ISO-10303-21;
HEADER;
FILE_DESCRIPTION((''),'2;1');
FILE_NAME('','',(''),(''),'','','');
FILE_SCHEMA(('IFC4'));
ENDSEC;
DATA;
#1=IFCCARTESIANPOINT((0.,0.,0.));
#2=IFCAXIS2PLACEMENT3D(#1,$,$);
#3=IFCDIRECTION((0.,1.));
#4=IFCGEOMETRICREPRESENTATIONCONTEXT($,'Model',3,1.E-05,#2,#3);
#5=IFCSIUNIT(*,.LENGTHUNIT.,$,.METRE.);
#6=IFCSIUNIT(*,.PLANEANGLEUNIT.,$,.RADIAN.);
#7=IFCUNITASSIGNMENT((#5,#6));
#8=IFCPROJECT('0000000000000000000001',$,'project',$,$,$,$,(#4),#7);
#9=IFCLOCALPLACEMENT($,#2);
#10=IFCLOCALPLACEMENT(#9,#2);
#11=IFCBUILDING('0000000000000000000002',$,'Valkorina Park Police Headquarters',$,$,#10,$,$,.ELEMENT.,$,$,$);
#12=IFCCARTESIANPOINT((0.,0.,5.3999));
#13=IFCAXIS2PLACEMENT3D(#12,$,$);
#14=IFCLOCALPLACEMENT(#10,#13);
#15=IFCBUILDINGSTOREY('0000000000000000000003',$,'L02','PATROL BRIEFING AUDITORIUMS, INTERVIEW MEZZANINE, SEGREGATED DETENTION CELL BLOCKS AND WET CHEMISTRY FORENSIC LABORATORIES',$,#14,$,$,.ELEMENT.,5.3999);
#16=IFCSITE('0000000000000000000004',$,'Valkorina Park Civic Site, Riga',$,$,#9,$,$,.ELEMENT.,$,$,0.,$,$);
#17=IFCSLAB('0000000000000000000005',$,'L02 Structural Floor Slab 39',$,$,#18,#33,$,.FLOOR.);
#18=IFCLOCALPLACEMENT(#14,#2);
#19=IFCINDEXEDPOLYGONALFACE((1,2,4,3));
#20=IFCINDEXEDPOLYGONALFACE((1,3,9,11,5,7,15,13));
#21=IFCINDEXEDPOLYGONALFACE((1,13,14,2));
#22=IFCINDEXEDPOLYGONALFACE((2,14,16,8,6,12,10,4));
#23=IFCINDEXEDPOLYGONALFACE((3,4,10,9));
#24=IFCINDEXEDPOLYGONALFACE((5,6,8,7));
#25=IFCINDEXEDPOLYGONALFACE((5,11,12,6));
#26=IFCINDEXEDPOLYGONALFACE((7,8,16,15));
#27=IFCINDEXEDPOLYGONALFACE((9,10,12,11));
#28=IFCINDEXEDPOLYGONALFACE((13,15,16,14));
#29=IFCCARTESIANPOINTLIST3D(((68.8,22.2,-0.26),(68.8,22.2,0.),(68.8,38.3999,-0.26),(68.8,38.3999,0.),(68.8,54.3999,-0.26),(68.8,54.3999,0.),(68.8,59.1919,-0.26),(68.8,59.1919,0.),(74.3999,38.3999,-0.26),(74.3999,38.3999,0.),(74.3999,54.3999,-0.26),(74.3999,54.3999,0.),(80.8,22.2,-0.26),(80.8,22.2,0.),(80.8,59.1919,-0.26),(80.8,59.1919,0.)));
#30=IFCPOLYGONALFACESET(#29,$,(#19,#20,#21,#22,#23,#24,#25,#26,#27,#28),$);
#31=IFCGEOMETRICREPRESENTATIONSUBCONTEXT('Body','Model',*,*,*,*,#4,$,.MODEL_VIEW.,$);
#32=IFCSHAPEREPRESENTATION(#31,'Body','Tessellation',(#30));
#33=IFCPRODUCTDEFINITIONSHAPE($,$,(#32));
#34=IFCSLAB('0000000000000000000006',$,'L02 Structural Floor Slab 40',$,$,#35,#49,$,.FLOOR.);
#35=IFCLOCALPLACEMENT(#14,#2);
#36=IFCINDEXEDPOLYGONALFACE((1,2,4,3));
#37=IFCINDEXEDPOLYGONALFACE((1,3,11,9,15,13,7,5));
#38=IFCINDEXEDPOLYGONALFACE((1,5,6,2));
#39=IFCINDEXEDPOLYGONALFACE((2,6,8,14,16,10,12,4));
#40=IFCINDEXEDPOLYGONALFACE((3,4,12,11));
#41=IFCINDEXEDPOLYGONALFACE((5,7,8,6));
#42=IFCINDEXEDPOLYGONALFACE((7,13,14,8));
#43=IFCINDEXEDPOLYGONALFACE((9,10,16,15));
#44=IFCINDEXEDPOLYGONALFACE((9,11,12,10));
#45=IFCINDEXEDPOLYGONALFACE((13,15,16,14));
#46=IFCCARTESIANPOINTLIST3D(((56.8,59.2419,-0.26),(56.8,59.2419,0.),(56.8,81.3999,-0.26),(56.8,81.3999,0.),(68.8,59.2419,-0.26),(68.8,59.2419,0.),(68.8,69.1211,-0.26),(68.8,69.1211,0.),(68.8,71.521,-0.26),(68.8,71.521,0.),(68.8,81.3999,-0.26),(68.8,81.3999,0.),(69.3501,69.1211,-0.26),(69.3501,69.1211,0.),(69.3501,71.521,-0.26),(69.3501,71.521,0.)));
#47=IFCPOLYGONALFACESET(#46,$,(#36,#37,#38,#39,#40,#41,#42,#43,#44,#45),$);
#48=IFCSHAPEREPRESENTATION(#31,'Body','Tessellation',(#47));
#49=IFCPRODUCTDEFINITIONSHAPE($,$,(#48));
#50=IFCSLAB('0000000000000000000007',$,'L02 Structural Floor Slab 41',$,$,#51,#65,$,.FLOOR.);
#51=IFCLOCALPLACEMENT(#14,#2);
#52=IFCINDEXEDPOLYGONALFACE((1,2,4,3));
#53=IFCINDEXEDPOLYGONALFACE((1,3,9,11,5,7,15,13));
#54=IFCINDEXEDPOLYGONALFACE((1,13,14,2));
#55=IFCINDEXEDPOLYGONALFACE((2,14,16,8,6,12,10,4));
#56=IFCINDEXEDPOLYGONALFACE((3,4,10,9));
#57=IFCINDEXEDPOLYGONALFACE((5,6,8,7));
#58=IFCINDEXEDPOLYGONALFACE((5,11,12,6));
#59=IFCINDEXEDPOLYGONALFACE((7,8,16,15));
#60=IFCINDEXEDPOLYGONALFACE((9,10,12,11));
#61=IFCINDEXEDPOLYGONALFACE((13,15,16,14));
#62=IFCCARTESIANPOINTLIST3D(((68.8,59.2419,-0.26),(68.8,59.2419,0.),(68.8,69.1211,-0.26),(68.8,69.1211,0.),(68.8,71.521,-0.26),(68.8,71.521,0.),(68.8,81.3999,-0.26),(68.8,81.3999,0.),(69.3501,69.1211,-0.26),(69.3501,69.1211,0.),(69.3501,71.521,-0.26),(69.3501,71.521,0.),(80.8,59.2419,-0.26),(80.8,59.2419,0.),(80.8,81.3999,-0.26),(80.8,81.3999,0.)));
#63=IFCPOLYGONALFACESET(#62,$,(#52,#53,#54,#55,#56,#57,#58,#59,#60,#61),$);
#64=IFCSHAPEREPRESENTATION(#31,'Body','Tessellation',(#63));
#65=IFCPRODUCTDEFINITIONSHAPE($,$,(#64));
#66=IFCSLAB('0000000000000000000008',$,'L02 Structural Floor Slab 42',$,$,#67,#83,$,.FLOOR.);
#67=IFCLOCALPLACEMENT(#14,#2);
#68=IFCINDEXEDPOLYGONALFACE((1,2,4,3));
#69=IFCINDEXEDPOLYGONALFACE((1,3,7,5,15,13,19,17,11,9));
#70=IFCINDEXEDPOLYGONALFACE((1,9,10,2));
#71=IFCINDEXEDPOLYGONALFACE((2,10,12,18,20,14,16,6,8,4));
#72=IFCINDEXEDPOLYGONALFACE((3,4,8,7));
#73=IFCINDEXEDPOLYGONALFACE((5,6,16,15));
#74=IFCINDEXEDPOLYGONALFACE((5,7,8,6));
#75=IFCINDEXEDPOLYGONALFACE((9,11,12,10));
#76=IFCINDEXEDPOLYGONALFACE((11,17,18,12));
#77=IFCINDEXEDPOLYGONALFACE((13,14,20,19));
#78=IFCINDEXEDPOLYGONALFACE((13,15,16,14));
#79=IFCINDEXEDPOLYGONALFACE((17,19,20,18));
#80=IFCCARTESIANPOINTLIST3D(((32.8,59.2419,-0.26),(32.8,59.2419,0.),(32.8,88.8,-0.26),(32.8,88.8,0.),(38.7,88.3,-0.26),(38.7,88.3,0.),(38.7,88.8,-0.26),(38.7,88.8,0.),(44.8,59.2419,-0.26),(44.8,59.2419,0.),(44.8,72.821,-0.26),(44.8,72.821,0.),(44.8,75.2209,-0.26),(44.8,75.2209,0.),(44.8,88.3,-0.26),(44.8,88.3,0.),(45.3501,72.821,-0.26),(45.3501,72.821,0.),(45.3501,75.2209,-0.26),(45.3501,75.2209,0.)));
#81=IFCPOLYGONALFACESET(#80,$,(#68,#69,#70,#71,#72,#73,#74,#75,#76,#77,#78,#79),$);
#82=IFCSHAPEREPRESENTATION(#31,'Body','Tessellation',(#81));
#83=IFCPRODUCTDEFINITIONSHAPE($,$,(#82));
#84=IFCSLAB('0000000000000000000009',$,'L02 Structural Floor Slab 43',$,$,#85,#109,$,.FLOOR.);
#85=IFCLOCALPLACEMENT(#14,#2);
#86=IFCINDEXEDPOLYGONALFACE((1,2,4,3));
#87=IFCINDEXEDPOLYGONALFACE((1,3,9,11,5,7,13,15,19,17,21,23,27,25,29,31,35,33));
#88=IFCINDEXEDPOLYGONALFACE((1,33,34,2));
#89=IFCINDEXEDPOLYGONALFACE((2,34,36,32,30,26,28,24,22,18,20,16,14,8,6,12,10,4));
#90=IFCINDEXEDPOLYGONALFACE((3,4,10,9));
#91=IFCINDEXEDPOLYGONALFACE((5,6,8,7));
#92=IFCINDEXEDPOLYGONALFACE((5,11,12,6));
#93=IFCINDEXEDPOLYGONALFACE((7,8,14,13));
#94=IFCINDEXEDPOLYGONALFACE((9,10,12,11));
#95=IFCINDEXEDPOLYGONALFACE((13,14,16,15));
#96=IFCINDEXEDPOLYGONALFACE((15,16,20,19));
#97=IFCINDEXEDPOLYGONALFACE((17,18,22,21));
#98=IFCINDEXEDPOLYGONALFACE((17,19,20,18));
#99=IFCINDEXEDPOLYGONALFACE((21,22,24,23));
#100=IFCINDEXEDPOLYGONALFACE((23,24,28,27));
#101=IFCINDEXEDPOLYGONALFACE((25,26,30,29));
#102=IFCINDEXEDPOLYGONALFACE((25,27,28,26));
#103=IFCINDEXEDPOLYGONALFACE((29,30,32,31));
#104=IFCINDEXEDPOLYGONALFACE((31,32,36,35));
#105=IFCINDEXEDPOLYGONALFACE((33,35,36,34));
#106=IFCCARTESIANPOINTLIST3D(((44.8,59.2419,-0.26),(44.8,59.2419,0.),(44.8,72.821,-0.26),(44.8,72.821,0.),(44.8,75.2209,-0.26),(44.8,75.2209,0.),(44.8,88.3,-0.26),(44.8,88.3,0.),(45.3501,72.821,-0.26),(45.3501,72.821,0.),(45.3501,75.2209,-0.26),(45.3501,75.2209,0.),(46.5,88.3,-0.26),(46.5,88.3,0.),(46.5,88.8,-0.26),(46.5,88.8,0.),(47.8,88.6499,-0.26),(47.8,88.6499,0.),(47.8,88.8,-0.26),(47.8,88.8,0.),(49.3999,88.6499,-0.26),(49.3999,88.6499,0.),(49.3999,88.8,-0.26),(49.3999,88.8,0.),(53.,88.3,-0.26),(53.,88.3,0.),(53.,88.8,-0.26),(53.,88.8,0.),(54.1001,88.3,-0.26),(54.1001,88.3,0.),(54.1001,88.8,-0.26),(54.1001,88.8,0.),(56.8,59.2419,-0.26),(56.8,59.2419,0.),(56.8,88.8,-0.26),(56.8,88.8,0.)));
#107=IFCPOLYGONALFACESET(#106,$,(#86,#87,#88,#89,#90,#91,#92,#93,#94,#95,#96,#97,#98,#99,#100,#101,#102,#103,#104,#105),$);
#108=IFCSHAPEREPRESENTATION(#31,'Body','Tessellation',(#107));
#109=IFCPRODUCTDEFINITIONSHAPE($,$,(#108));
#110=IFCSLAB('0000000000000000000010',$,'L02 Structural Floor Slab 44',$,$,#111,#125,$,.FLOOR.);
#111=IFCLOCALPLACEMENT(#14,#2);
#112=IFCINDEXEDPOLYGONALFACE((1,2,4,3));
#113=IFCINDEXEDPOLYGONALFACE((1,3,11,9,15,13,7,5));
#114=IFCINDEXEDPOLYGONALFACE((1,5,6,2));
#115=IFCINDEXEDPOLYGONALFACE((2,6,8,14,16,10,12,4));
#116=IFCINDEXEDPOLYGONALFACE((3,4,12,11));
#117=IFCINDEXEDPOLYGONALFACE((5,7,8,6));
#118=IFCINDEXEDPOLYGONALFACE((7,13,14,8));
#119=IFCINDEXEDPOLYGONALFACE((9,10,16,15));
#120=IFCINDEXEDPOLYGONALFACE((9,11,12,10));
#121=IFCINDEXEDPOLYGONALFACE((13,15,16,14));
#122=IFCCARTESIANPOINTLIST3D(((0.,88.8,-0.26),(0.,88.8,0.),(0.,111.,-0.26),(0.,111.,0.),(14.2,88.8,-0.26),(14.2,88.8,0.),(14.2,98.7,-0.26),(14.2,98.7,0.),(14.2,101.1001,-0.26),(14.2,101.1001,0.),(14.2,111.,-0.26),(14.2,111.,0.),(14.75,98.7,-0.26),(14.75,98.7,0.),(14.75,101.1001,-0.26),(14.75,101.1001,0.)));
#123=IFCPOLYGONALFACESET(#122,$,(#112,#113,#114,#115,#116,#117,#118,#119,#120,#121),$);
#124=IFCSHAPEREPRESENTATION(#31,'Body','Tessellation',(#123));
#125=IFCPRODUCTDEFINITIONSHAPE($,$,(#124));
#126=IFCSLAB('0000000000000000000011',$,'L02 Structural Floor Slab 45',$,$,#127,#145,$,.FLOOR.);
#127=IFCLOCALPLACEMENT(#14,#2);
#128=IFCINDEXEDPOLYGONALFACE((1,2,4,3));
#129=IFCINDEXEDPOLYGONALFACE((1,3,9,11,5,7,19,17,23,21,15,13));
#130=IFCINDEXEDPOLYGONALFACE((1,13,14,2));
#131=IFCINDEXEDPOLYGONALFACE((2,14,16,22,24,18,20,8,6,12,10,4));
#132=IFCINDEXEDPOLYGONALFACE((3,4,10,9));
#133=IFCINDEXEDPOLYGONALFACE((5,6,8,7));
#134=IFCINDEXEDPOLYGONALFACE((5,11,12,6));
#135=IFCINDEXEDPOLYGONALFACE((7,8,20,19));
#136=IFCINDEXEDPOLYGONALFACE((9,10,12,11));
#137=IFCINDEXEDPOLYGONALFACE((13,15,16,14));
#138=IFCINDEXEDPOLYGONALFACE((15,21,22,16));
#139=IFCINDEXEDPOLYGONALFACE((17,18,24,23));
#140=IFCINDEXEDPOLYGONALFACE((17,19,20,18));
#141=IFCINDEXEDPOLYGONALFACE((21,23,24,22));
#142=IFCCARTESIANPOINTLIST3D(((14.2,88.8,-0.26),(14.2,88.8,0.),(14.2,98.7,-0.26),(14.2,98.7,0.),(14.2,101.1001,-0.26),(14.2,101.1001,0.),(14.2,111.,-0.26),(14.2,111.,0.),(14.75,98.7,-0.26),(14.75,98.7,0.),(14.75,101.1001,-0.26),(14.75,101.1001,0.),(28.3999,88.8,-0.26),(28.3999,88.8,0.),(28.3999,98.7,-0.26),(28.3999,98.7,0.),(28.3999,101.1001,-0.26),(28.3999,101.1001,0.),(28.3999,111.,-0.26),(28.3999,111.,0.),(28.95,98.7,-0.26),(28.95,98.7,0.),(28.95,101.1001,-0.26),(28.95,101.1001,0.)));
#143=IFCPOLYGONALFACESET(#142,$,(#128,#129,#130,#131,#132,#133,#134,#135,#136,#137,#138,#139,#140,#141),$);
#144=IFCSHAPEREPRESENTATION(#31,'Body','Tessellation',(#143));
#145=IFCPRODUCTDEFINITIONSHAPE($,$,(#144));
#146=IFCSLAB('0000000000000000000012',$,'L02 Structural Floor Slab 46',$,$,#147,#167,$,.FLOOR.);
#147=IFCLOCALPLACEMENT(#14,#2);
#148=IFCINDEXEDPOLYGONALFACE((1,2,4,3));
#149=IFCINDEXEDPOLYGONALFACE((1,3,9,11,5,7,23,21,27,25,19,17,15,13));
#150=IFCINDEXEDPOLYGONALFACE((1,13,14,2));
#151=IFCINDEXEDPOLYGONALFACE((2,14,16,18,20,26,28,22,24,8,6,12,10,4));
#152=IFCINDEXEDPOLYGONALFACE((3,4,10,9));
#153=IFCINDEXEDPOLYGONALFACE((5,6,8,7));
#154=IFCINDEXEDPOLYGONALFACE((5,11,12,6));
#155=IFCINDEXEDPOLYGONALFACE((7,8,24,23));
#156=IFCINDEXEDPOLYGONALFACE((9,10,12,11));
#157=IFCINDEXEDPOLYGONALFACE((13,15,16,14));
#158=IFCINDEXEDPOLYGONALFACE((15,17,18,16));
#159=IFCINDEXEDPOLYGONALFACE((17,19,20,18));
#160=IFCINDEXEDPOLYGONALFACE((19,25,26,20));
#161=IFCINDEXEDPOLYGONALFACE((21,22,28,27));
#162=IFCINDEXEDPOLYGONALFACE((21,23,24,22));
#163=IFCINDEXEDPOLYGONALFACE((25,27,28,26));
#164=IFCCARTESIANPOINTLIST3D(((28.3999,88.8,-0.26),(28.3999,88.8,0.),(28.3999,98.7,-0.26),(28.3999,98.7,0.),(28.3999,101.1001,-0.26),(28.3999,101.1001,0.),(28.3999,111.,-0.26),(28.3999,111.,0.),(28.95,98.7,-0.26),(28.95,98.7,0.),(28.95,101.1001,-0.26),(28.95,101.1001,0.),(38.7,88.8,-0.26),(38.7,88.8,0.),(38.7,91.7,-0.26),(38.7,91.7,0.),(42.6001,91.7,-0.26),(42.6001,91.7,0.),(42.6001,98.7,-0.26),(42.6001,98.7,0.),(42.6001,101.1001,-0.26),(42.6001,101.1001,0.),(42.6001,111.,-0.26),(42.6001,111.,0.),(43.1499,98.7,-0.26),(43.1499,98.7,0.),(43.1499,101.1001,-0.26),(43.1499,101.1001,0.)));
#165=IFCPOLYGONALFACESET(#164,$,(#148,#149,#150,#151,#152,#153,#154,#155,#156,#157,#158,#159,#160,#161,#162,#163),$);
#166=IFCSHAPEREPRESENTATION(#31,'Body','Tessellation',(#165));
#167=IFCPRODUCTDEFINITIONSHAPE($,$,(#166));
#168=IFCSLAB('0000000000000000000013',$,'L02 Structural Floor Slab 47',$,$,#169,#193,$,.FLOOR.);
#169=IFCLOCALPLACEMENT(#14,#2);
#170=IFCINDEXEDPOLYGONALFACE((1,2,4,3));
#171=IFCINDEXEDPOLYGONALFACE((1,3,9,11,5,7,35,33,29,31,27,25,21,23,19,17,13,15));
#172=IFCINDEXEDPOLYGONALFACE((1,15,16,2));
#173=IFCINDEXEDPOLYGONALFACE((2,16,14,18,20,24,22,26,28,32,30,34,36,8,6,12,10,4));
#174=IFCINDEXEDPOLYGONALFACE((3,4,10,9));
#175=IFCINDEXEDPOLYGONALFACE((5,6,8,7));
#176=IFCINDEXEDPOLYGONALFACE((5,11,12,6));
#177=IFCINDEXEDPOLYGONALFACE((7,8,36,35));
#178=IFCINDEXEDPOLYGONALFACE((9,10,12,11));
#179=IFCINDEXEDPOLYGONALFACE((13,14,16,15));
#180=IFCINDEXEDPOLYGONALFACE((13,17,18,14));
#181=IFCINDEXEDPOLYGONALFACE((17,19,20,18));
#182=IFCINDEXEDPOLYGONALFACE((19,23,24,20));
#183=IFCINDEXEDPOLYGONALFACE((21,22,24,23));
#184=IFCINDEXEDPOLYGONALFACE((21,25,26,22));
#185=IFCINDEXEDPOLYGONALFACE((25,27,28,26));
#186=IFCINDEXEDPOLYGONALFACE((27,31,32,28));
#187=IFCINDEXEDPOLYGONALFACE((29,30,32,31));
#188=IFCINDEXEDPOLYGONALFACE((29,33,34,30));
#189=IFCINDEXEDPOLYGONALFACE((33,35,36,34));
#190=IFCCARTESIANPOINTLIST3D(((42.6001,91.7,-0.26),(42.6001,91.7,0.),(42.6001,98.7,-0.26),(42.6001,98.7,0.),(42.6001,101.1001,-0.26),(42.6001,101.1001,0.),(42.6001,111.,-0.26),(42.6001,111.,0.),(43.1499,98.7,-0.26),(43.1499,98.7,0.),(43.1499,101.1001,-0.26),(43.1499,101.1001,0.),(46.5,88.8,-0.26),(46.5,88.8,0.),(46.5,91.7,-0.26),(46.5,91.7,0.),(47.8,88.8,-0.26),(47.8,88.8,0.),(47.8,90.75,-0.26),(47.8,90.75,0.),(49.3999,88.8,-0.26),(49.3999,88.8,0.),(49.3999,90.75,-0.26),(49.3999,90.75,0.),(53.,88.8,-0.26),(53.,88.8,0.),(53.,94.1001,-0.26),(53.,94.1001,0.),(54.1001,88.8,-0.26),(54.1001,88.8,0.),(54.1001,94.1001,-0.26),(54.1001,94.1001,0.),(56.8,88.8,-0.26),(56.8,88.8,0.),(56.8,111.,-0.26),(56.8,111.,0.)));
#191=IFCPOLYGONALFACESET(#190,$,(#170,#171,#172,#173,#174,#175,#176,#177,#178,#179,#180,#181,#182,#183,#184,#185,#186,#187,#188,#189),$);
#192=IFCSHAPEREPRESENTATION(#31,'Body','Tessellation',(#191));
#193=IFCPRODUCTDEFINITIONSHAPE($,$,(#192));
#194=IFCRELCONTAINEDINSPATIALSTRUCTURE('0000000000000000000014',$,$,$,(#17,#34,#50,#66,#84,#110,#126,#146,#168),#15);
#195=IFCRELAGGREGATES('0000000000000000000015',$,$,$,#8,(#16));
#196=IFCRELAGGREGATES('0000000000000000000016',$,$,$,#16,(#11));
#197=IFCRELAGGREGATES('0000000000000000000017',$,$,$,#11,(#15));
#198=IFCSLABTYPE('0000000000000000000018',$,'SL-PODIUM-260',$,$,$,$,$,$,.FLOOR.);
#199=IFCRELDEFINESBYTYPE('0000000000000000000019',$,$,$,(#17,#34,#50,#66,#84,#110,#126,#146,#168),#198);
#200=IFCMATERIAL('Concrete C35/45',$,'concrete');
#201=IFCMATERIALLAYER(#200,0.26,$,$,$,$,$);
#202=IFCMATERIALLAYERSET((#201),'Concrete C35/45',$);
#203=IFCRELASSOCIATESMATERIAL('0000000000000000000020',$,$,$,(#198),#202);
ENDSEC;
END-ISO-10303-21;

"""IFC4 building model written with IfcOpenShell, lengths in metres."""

from ifc_helpers import new_model, si_unit, direction, frame, origin, place, context, subcontext, project, spatial, polyline, outline, extrude, material, layer, layer_set, type_object, element, save


model = new_model("IFC4")

# Units and contexts
model_context = context("Model", 3, precision=1e-05, world=origin(), true_north=direction((0.0, 1.0)))
body_context = subcontext(model_context, "Body", "Model", "MODEL_VIEW")
ifc_project = project(units=[si_unit("LENGTHUNIT", "METRE"), si_unit("PLANEANGLEUNIT", "RADIAN")], contexts=[model_context])

# Site, building, storey
site_placement = place(None, origin())
site = spatial("IfcSite", under=ifc_project, at=site_placement, Name="Valkorina Park Civic Site, Riga", CompositionType="ELEMENT", RefElevation=0.0)
building_placement = place(site_placement, origin())
building = spatial("IfcBuilding", under=site, at=building_placement, Name="Valkorina Park Police Headquarters", CompositionType="ELEMENT")
storey_placement = place(building_placement, frame((0.0, 0.0, 5.3999)))
storey = spatial("IfcBuildingStorey", under=building, at=storey_placement, Name="L02", Description="PATROL BRIEFING AUDITORIUMS, INTERVIEW MEZZANINE, SEGREGATED DETENTION CELL BLOCKS AND WET CHEMISTRY FORENSIC LABORATORIES", CompositionType="ELEMENT", Elevation=5.3999)

# Shared definitions
ifc_material_1 = material(Name="Concrete C35/45", Category="concrete")

# Slabs
ifc_layer_1 = layer(ifc_material_1, 0.26)
ifc_layer_set_1 = layer_set([ifc_layer_1], Name="Concrete C35/45")
slab_type_1 = type_object("IfcSlabType", Name="SL-PODIUM-260", PredefinedType="FLOOR", material=ifc_layer_set_1)
slab_1_placement = place(storey_placement, frame((0.0, 0.0, -0.26)))
element("IfcSlab", 1, at=slab_1_placement, inside=storey, type_object=slab_type_1, Name="L02 Structural Floor Slab 39", PredefinedType="FLOOR", context=body_context, shape_type="SweptSolid", body=[
    extrude(outline(polyline([(68.8, 59.1919), (68.8, 54.3999), (74.3999, 54.3999), (74.3999, 38.3999), (68.8, 38.3999), (68.8, 22.2), (80.8, 22.2), (80.8, 59.1919), (68.8, 59.1919)])), origin(), (0.0, 0.0, 1.0), 0.26),
])
slab_2_placement = place(storey_placement, frame((0.0, 0.0, -0.26)))
element("IfcSlab", 2, at=slab_2_placement, inside=storey, type_object=slab_type_1, Name="L02 Structural Floor Slab 40", PredefinedType="FLOOR", context=body_context, shape_type="SweptSolid", body=[
    extrude(outline(polyline([(68.8, 59.2419), (68.8, 69.1211), (69.3501, 69.1211), (69.3501, 71.521), (68.8, 71.521), (68.8, 81.3999), (56.8, 81.3999), (56.8, 59.2419), (68.8, 59.2419)])), origin(), (0.0, 0.0, 1.0), 0.26),
])
slab_3_placement = place(storey_placement, frame((0.0, 0.0, -0.26)))
element("IfcSlab", 3, at=slab_3_placement, inside=storey, type_object=slab_type_1, Name="L02 Structural Floor Slab 41", PredefinedType="FLOOR", context=body_context, shape_type="SweptSolid", body=[
    extrude(outline(polyline([(68.8, 81.3999), (68.8, 71.521), (69.3501, 71.521), (69.3501, 69.1211), (68.8, 69.1211), (68.8, 59.2419), (80.8, 59.2419), (80.8, 81.3999), (68.8, 81.3999)])), origin(), (0.0, 0.0, 1.0), 0.26),
])
slab_4_placement = place(storey_placement, frame((0.0, 0.0, -0.26)))
element("IfcSlab", 4, at=slab_4_placement, inside=storey, type_object=slab_type_1, Name="L02 Structural Floor Slab 42", PredefinedType="FLOOR", context=body_context, shape_type="SweptSolid", body=[
    extrude(outline(polyline([(44.8, 59.2419), (44.8, 72.821), (45.3501, 72.821), (45.3501, 75.2209), (44.8, 75.2209), (44.8, 88.3), (38.7, 88.3), (38.7, 88.8), (32.8, 88.8), (32.8, 59.2419), (44.8, 59.2419)])), origin(), (0.0, 0.0, 1.0), 0.26),
])
slab_5_placement = place(storey_placement, frame((0.0, 0.0, -0.26)))
element("IfcSlab", 5, at=slab_5_placement, inside=storey, type_object=slab_type_1, Name="L02 Structural Floor Slab 43", PredefinedType="FLOOR", context=body_context, shape_type="SweptSolid", body=[
    extrude(outline(polyline([(46.5, 88.8), (46.5, 88.3), (44.8, 88.3), (44.8, 75.2209), (45.3501, 75.2209), (45.3501, 72.821), (44.8, 72.821), (44.8, 59.2419), (56.8, 59.2419), (56.8, 88.8), (54.1001, 88.8), (54.1001, 88.3), (53.0, 88.3), (53.0, 88.8), (49.3999, 88.8), (49.3999, 88.6499), (47.8, 88.6499), (47.8, 88.8), (46.5, 88.8)])), origin(), (0.0, 0.0, 1.0), 0.26),
])
slab_6_placement = place(storey_placement, frame((0.0, 0.0, -0.26)))
element("IfcSlab", 6, at=slab_6_placement, inside=storey, type_object=slab_type_1, Name="L02 Structural Floor Slab 44", PredefinedType="FLOOR", context=body_context, shape_type="SweptSolid", body=[
    extrude(outline(polyline([(14.2, 88.8), (14.2, 98.7), (14.75, 98.7), (14.75, 101.1001), (14.2, 101.1001), (14.2, 111.0), (0.0, 111.0), (0.0, 88.8), (14.2, 88.8)])), origin(), (0.0, 0.0, 1.0), 0.26),
])
slab_7_placement = place(storey_placement, frame((0.0, 0.0, -0.26)))
element("IfcSlab", 7, at=slab_7_placement, inside=storey, type_object=slab_type_1, Name="L02 Structural Floor Slab 45", PredefinedType="FLOOR", context=body_context, shape_type="SweptSolid", body=[
    extrude(outline(polyline([(28.3999, 111.0), (14.2, 111.0), (14.2, 101.1001), (14.75, 101.1001), (14.75, 98.7), (14.2, 98.7), (14.2, 88.8), (28.3999, 88.8), (28.3999, 98.7), (28.95, 98.7), (28.95, 101.1001), (28.3999, 101.1001), (28.3999, 111.0)])), origin(), (0.0, 0.0, 1.0), 0.26),
])
slab_8_placement = place(storey_placement, frame((0.0, 0.0, -0.26)))
element("IfcSlab", 8, at=slab_8_placement, inside=storey, type_object=slab_type_1, Name="L02 Structural Floor Slab 46", PredefinedType="FLOOR", context=body_context, shape_type="SweptSolid", body=[
    extrude(outline(polyline([(42.6001, 111.0), (28.3999, 111.0), (28.3999, 101.1001), (28.95, 101.1001), (28.95, 98.7), (28.3999, 98.7), (28.3999, 88.8), (38.7, 88.8), (38.7, 91.7), (42.6001, 91.7), (42.6001, 98.7), (43.1499, 98.7), (43.1499, 101.1001), (42.6001, 101.1001), (42.6001, 111.0)])), origin(), (0.0, 0.0, 1.0), 0.26),
])
slab_9_placement = place(storey_placement, frame((0.0, 0.0, -0.26)))
element("IfcSlab", 9, at=slab_9_placement, inside=storey, type_object=slab_type_1, Name="L02 Structural Floor Slab 47", PredefinedType="FLOOR", context=body_context, shape_type="SweptSolid", body=[
    extrude(outline(polyline([(42.6001, 111.0), (42.6001, 101.1001), (43.1499, 101.1001), (43.1499, 98.7), (42.6001, 98.7), (42.6001, 91.7), (46.5, 91.7), (46.5, 88.8), (47.8, 88.8), (47.8, 90.75), (49.3999, 90.75), (49.3999, 88.8), (53.0, 88.8), (53.0, 94.1001), (54.1001, 94.1001), (54.1001, 88.8), (56.8, 88.8), (56.8, 111.0), (42.6001, 111.0)])), origin(), (0.0, 0.0, 1.0), 0.26),
])

save(model, "model.ifc")
